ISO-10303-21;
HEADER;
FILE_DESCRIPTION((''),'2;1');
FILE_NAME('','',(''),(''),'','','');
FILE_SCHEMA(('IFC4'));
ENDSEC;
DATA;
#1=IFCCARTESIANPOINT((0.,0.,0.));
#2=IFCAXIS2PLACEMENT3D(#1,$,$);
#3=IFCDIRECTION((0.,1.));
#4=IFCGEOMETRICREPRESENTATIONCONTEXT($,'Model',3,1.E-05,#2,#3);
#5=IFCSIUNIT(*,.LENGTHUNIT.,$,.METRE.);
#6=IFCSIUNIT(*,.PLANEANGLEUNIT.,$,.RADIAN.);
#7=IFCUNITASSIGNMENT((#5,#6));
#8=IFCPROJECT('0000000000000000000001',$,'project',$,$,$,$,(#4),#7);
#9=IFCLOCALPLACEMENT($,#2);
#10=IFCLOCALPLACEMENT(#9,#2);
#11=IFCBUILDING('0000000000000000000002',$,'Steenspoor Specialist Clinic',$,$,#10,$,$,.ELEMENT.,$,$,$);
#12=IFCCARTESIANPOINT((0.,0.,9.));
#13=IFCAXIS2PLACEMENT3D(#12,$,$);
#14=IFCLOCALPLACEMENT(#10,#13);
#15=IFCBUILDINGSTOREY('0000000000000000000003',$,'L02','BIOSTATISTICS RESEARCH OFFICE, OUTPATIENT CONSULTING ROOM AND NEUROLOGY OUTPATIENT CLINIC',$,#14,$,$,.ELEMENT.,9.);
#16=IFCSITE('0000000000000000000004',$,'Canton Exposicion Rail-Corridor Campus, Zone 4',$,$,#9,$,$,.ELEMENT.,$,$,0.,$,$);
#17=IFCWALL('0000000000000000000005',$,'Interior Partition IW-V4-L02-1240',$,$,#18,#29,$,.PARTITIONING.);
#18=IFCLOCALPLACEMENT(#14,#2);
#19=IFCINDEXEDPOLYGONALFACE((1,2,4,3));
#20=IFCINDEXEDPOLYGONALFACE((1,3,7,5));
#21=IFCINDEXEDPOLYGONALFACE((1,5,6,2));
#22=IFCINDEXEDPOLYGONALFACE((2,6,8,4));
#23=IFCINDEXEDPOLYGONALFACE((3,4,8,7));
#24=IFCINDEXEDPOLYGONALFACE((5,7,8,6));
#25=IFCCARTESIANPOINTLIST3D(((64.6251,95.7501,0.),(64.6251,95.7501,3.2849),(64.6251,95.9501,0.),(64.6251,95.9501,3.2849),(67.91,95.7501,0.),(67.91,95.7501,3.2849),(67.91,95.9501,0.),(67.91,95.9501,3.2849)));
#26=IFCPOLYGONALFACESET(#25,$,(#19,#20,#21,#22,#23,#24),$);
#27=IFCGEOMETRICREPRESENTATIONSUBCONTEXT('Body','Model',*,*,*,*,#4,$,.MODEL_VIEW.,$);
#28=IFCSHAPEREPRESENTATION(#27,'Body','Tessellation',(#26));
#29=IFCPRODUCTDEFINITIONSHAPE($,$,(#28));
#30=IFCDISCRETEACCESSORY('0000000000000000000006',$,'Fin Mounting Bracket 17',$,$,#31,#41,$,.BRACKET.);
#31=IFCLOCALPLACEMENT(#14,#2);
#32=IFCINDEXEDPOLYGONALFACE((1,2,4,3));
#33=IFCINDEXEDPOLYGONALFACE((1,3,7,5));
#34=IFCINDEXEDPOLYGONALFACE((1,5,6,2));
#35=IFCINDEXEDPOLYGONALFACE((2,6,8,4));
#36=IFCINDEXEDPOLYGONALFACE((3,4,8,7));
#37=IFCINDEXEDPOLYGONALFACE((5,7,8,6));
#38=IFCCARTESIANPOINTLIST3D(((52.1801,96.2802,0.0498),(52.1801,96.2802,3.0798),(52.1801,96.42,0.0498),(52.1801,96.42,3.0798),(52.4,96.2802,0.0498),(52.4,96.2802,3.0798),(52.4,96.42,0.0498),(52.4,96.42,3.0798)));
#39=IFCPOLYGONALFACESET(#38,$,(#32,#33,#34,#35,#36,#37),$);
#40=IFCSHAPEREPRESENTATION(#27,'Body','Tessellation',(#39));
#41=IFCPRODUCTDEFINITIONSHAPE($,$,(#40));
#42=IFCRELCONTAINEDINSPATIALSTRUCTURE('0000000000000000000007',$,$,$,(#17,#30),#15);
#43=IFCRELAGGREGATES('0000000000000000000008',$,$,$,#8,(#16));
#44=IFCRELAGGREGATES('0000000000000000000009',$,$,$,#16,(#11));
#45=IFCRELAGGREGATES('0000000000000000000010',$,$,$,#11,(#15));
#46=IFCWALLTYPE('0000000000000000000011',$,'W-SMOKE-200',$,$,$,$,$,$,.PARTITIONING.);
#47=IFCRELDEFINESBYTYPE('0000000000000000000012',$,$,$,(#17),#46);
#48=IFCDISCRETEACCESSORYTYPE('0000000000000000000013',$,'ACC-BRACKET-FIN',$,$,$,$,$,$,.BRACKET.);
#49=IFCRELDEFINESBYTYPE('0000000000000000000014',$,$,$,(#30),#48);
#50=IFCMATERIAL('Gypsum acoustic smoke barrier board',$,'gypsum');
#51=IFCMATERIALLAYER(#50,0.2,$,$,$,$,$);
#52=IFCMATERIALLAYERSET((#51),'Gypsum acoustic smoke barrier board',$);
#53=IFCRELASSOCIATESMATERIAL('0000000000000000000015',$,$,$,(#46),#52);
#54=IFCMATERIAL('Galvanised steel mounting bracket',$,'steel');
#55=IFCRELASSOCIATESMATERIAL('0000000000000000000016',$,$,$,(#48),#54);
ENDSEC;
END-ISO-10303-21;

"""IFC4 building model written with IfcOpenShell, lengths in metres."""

from ifc_helpers import new_model, si_unit, direction, frame, frame_2d, origin, origin_2d, place, context, subcontext, project, spatial, rectangle, extrude, material, layer, layer_set, type_object, element, save


model = new_model("IFC4")

# Units and contexts
model_context = context("Model", 3, precision=1e-05, world=origin(), true_north=direction((0.0, 1.0)))
body_context = subcontext(model_context, "Body", "Model", "MODEL_VIEW")
ifc_project = project(units=[si_unit("LENGTHUNIT", "METRE"), si_unit("PLANEANGLEUNIT", "RADIAN")], contexts=[model_context])

# Site, building, storey
site_placement = place(None, origin())
site = spatial("IfcSite", under=ifc_project, at=site_placement, Name="Canton Exposicion Rail-Corridor Campus, Zone 4", CompositionType="ELEMENT", RefElevation=0.0)
building_placement = place(site_placement, origin())
building = spatial("IfcBuilding", under=site, at=building_placement, Name="Steenspoor Specialist Clinic", CompositionType="ELEMENT")
storey_placement = place(building_placement, frame((0.0, 0.0, 9.0)))
storey = spatial("IfcBuildingStorey", under=building, at=storey_placement, Name="L02", Description="BIOSTATISTICS RESEARCH OFFICE, OUTPATIENT CONSULTING ROOM AND NEUROLOGY OUTPATIENT CLINIC", CompositionType="ELEMENT", Elevation=9.0)

# Wall
ifc_material_1 = material(Name="Gypsum acoustic smoke barrier board", Category="gypsum")
ifc_layer_1 = layer(ifc_material_1, 0.2)
ifc_layer_set_1 = layer_set([ifc_layer_1], Name="Gypsum acoustic smoke barrier board")
wall_type_1 = type_object("IfcWallType", Name="W-SMOKE-200", PredefinedType="PARTITIONING", material=ifc_layer_set_1)
wall_1_placement = place(storey_placement, frame((64.625, 95.8501, 0.0), z_axis=(0.0, 0.0, 1.0), x_axis=(1.0, 0.0, 0.0)))
element("IfcWall", 1, at=wall_1_placement, inside=storey, type_object=wall_type_1, Name="Interior Partition IW-V4-L02-1240", PredefinedType="PARTITIONING", context=body_context, shape_type="SweptSolid", body=[
    extrude(rectangle(XDim=3.2849, YDim=0.2, at=frame_2d((1.6426, 0.0))), origin(), (0.0, 0.0, 1.0), 3.2849),
])

# Discrete accessory
ifc_material_2 = material(Name="Galvanised steel mounting bracket", Category="steel")
discrete_accessory_type = type_object("IfcDiscreteAccessoryType", Name="ACC-BRACKET-FIN", PredefinedType="BRACKET", material=ifc_material_2)
discrete_accessory_placement = place(storey_placement, frame((52.29, 96.3501, 0.0498), z_axis=(0.0, 0.0, 1.0), x_axis=(-1.0, 0.0, 0.0)))
element("IfcDiscreteAccessory", 2, at=discrete_accessory_placement, inside=storey, type_object=discrete_accessory_type, Name="Fin Mounting Bracket 17", PredefinedType="BRACKET", context=body_context, shape_type="SweptSolid", body=[
    extrude(rectangle(XDim=0.22, YDim=0.1399, at=origin_2d()), origin(), (0.0, 0.0, 1.0), 3.03),
])

save(model, "model.ifc")
